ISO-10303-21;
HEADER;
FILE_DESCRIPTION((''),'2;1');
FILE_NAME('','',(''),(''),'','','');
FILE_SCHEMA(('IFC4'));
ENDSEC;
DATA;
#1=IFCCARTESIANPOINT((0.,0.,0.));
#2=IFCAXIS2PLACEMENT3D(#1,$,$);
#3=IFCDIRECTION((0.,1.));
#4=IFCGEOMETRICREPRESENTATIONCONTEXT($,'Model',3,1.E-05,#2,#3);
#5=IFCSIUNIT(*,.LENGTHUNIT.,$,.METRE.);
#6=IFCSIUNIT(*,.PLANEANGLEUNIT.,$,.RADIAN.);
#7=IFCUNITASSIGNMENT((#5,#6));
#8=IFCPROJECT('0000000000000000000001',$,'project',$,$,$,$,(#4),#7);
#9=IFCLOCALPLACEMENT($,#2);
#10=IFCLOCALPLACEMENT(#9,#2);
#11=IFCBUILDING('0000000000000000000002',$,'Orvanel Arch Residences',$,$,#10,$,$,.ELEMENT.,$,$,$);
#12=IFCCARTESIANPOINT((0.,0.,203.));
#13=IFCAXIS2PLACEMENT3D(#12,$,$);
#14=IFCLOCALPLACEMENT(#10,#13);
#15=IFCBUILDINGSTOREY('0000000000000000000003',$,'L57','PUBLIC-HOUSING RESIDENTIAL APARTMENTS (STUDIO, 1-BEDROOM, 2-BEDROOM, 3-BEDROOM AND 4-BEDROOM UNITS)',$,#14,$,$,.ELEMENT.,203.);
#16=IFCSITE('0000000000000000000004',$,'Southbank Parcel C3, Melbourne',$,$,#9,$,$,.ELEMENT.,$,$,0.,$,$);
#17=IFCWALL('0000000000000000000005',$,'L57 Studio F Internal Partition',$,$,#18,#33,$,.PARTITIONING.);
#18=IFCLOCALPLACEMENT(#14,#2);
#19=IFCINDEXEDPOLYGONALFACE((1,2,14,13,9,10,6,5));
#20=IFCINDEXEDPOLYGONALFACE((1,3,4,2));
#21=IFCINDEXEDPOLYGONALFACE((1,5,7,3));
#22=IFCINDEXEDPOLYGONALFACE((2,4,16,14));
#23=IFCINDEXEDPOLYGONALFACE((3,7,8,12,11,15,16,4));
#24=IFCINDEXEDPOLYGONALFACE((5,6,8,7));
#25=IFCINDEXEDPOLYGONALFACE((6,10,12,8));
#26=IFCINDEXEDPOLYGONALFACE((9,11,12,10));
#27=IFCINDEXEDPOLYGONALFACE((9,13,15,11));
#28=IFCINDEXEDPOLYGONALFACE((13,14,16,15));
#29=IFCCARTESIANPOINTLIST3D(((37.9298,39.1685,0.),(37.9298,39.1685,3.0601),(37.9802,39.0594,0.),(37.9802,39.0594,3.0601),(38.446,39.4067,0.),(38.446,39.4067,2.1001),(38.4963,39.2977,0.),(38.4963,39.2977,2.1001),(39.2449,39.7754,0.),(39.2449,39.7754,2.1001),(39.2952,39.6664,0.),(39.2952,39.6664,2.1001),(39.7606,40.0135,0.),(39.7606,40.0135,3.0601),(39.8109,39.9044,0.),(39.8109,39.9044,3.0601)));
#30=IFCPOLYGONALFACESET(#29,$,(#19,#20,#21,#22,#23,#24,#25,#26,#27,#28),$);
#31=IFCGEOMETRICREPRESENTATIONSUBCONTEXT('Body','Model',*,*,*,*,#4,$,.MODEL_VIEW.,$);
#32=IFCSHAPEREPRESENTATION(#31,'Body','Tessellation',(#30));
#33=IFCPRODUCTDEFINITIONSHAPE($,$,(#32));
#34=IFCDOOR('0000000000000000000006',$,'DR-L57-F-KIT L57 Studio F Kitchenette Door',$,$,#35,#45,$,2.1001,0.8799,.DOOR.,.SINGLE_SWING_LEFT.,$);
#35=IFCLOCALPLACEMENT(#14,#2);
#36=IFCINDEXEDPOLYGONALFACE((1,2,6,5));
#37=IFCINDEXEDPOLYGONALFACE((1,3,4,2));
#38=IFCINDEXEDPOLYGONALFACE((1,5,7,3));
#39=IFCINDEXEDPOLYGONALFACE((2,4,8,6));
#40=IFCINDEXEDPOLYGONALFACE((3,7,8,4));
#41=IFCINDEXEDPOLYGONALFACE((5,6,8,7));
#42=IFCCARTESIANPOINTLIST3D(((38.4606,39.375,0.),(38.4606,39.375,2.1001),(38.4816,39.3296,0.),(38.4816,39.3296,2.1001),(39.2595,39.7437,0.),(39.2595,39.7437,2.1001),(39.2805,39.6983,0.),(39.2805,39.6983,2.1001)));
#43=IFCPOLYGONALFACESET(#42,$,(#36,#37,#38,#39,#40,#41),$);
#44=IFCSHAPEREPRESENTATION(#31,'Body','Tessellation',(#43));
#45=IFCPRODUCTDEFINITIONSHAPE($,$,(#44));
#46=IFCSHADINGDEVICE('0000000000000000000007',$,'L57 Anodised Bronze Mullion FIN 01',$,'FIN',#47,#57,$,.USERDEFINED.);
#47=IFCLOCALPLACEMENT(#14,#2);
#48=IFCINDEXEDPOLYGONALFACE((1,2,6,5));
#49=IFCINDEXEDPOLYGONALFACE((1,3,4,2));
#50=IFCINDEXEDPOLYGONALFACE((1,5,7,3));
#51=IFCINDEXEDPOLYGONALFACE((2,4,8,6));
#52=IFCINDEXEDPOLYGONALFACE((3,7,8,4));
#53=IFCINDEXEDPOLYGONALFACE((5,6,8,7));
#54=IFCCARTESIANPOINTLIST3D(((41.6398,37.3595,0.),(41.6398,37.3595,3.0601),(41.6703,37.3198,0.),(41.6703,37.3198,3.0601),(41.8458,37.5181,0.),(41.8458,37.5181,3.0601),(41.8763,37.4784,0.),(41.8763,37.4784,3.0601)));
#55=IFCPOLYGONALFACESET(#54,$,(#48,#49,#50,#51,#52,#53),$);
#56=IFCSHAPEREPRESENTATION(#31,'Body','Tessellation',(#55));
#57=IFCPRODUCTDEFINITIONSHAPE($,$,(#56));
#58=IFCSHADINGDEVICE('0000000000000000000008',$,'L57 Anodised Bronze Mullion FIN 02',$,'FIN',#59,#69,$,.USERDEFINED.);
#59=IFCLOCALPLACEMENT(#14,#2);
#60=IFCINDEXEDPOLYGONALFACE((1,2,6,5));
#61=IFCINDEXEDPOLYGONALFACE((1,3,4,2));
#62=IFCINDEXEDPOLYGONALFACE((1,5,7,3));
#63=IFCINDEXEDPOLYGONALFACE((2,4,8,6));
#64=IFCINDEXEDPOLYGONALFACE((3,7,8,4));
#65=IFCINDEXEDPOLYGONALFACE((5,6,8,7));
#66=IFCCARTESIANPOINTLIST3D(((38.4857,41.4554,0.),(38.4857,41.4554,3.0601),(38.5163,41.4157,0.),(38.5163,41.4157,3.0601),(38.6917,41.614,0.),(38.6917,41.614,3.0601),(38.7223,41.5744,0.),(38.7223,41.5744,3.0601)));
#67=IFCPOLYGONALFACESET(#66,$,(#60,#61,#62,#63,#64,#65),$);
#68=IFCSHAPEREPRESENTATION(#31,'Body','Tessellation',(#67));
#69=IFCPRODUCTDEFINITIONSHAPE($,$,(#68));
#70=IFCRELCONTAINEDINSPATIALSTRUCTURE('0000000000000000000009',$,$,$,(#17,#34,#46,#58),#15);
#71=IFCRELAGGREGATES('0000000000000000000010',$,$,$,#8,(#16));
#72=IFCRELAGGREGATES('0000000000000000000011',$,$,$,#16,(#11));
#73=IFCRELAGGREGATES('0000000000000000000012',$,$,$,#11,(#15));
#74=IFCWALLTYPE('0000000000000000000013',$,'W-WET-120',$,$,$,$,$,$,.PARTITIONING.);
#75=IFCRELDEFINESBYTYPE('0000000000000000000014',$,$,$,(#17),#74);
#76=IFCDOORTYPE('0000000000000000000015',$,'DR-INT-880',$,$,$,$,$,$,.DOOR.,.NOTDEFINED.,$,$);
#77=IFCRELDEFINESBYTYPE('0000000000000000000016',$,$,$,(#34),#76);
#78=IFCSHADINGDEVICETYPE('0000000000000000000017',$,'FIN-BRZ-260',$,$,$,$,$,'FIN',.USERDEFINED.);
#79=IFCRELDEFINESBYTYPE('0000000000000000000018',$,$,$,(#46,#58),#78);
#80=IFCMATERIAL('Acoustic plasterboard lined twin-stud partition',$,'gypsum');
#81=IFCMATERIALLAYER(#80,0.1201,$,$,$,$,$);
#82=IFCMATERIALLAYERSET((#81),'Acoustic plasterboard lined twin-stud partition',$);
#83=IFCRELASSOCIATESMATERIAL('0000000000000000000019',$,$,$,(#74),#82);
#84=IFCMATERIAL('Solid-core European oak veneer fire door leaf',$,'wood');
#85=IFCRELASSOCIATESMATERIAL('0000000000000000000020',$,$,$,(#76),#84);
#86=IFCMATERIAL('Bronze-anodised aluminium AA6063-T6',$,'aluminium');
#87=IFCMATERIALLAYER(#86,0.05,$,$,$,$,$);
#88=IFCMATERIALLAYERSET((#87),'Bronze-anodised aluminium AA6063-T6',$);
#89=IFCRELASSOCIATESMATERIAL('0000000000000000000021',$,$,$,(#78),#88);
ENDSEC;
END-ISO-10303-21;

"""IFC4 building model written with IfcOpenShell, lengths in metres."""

from ifc_helpers import new_model, si_unit, direction, frame, frame_2d, origin, origin_2d, place, context, subcontext, project, spatial, rectangle, extrude, material, layer, layer_set, type_object, element, fill, save


model = new_model("IFC4")

# Units and contexts
model_context = context("Model", 3, precision=1e-05, world=origin(), true_north=direction((0.0, 1.0)))
body_context = subcontext(model_context, "Body", "Model", "MODEL_VIEW")
ifc_project = project(units=[si_unit("LENGTHUNIT", "METRE"), si_unit("PLANEANGLEUNIT", "RADIAN")], contexts=[model_context])

# Site, building, storey
site_placement = place(None, origin())
site = spatial("IfcSite", under=ifc_project, at=site_placement, Name="Southbank Parcel C3, Melbourne", CompositionType="ELEMENT", RefElevation=0.0)
building_placement = place(site_placement, origin())
building = spatial("IfcBuilding", under=site, at=building_placement, Name="Orvanel Arch Residences", CompositionType="ELEMENT")
storey_placement = place(building_placement, frame((0.0, 0.0, 203.0)))
storey = spatial("IfcBuildingStorey", under=building, at=storey_placement, Name="L57", Description="PUBLIC-HOUSING RESIDENTIAL APARTMENTS (STUDIO, 1-BEDROOM, 2-BEDROOM, 3-BEDROOM AND 4-BEDROOM UNITS)", CompositionType="ELEMENT", Elevation=203.0)

# Shared definitions
ifc_material_1 = material(Name="Bronze-anodised aluminium AA6063-T6", Category="aluminium")

# Wall, opening, door
ifc_material_2 = material(Name="Acoustic plasterboard lined twin-stud partition", Category="gypsum")
ifc_layer_1 = layer(ifc_material_2, 0.1201)
ifc_layer_set_1 = layer_set([ifc_layer_1], Name="Acoustic plasterboard lined twin-stud partition")
wall_type_1 = type_object("IfcWallType", Name="W-WET-120", PredefinedType="PARTITIONING", material=ifc_layer_set_1)
wall_1_placement = place(storey_placement, frame((39.7859, 39.959, 0.0), z_axis=(0.0, 0.0, 1.0), x_axis=(-0.907963, -0.41905, 0.0)))
wall_1 = element("IfcWall", 1, at=wall_1_placement, inside=storey, type_object=wall_type_1, Name="L57 Studio F Internal Partition", PredefinedType="PARTITIONING", context=body_context, shape_type="SweptSolid", body=[
    extrude(rectangle(XDim=2.0164, YDim=0.1201, at=frame_2d((1.0083, 0.0))), origin(), (0.0, 0.0, 1.0), 3.0601),
])
opening_placement = place(wall_1_placement, frame((0.5681, 0.0, 0.0)))
opening = element("IfcOpeningElement", 2, at=opening_placement, cuts=wall_1, PredefinedType="OPENING", context=body_context, shape_type="SweptSolid", body=[
    extrude(rectangle(XDim=0.8799, YDim=2.1001, at=frame_2d((0.4399, 1.05))), frame((0.0, 0.0701, 0.0), z_axis=(0.0, -1.0, 0.0), x_axis=(1.0, 0.0, 0.0)), (0.0, 0.0, 1.0), 0.1401),
])
ifc_material_3 = material(Name="Solid-core European oak veneer fire door leaf", Category="wood")
door_type = type_object("IfcDoorType", Name="DR-INT-880", OperationType="NOTDEFINED", PredefinedType="DOOR", material=ifc_material_3)
door_placement = place(opening_placement, origin())
door = element("IfcDoor", 3, at=door_placement, inside=storey, type_object=door_type, Name="DR-L57-F-KIT L57 Studio F Kitchenette Door", OperationType="SINGLE_SWING_LEFT", OverallHeight=2.1001, OverallWidth=0.8799, PredefinedType="DOOR", context=body_context, shape_type="SweptSolid", body=[
    extrude(rectangle(XDim=0.8799, YDim=2.1001, at=frame_2d((0.4399, 1.05))), frame((0.0, 0.0249, 0.0), z_axis=(0.0, -1.0, 0.0), x_axis=(1.0, 0.0, 0.0)), (0.0, 0.0, 1.0), 0.05),
])
fill(opening, door)

# Shading devices
ifc_layer_2 = layer(ifc_material_1, 0.05)
ifc_layer_set_2 = layer_set([ifc_layer_2], Name="Bronze-anodised aluminium AA6063-T6")
shading_device_type = type_object("IfcShadingDeviceType", Name="FIN-BRZ-260", ElementType="FIN", PredefinedType="USERDEFINED", material=ifc_layer_set_2)
for number, where, z_axis, x_axis, name in (
    (4, (41.7581, 37.4189, 0.0), (0.0, 0.0, 1.0), (0.79229, 0.610145, 0.0), "L57 Anodised Bronze Mullion FIN 01"),
    (5, (38.604, 41.5149, 0.0), (0.0, 0.0, 1.0), (0.79229, 0.610145, 0.0), "L57 Anodised Bronze Mullion FIN 02"),
):
    element("IfcShadingDevice", number, at=place(storey_placement, frame(where, z_axis=z_axis, x_axis=x_axis)), inside=storey, type_object=shading_device_type, Name=name, ObjectType="FIN", PredefinedType="USERDEFINED", context=body_context, shape_type="SweptSolid", body=[
        extrude(rectangle(XDim=0.26, YDim=0.05, at=origin_2d()), origin(), (0.0, 0.0, 1.0), 3.0601),
    ])

save(model, "model.ifc")
